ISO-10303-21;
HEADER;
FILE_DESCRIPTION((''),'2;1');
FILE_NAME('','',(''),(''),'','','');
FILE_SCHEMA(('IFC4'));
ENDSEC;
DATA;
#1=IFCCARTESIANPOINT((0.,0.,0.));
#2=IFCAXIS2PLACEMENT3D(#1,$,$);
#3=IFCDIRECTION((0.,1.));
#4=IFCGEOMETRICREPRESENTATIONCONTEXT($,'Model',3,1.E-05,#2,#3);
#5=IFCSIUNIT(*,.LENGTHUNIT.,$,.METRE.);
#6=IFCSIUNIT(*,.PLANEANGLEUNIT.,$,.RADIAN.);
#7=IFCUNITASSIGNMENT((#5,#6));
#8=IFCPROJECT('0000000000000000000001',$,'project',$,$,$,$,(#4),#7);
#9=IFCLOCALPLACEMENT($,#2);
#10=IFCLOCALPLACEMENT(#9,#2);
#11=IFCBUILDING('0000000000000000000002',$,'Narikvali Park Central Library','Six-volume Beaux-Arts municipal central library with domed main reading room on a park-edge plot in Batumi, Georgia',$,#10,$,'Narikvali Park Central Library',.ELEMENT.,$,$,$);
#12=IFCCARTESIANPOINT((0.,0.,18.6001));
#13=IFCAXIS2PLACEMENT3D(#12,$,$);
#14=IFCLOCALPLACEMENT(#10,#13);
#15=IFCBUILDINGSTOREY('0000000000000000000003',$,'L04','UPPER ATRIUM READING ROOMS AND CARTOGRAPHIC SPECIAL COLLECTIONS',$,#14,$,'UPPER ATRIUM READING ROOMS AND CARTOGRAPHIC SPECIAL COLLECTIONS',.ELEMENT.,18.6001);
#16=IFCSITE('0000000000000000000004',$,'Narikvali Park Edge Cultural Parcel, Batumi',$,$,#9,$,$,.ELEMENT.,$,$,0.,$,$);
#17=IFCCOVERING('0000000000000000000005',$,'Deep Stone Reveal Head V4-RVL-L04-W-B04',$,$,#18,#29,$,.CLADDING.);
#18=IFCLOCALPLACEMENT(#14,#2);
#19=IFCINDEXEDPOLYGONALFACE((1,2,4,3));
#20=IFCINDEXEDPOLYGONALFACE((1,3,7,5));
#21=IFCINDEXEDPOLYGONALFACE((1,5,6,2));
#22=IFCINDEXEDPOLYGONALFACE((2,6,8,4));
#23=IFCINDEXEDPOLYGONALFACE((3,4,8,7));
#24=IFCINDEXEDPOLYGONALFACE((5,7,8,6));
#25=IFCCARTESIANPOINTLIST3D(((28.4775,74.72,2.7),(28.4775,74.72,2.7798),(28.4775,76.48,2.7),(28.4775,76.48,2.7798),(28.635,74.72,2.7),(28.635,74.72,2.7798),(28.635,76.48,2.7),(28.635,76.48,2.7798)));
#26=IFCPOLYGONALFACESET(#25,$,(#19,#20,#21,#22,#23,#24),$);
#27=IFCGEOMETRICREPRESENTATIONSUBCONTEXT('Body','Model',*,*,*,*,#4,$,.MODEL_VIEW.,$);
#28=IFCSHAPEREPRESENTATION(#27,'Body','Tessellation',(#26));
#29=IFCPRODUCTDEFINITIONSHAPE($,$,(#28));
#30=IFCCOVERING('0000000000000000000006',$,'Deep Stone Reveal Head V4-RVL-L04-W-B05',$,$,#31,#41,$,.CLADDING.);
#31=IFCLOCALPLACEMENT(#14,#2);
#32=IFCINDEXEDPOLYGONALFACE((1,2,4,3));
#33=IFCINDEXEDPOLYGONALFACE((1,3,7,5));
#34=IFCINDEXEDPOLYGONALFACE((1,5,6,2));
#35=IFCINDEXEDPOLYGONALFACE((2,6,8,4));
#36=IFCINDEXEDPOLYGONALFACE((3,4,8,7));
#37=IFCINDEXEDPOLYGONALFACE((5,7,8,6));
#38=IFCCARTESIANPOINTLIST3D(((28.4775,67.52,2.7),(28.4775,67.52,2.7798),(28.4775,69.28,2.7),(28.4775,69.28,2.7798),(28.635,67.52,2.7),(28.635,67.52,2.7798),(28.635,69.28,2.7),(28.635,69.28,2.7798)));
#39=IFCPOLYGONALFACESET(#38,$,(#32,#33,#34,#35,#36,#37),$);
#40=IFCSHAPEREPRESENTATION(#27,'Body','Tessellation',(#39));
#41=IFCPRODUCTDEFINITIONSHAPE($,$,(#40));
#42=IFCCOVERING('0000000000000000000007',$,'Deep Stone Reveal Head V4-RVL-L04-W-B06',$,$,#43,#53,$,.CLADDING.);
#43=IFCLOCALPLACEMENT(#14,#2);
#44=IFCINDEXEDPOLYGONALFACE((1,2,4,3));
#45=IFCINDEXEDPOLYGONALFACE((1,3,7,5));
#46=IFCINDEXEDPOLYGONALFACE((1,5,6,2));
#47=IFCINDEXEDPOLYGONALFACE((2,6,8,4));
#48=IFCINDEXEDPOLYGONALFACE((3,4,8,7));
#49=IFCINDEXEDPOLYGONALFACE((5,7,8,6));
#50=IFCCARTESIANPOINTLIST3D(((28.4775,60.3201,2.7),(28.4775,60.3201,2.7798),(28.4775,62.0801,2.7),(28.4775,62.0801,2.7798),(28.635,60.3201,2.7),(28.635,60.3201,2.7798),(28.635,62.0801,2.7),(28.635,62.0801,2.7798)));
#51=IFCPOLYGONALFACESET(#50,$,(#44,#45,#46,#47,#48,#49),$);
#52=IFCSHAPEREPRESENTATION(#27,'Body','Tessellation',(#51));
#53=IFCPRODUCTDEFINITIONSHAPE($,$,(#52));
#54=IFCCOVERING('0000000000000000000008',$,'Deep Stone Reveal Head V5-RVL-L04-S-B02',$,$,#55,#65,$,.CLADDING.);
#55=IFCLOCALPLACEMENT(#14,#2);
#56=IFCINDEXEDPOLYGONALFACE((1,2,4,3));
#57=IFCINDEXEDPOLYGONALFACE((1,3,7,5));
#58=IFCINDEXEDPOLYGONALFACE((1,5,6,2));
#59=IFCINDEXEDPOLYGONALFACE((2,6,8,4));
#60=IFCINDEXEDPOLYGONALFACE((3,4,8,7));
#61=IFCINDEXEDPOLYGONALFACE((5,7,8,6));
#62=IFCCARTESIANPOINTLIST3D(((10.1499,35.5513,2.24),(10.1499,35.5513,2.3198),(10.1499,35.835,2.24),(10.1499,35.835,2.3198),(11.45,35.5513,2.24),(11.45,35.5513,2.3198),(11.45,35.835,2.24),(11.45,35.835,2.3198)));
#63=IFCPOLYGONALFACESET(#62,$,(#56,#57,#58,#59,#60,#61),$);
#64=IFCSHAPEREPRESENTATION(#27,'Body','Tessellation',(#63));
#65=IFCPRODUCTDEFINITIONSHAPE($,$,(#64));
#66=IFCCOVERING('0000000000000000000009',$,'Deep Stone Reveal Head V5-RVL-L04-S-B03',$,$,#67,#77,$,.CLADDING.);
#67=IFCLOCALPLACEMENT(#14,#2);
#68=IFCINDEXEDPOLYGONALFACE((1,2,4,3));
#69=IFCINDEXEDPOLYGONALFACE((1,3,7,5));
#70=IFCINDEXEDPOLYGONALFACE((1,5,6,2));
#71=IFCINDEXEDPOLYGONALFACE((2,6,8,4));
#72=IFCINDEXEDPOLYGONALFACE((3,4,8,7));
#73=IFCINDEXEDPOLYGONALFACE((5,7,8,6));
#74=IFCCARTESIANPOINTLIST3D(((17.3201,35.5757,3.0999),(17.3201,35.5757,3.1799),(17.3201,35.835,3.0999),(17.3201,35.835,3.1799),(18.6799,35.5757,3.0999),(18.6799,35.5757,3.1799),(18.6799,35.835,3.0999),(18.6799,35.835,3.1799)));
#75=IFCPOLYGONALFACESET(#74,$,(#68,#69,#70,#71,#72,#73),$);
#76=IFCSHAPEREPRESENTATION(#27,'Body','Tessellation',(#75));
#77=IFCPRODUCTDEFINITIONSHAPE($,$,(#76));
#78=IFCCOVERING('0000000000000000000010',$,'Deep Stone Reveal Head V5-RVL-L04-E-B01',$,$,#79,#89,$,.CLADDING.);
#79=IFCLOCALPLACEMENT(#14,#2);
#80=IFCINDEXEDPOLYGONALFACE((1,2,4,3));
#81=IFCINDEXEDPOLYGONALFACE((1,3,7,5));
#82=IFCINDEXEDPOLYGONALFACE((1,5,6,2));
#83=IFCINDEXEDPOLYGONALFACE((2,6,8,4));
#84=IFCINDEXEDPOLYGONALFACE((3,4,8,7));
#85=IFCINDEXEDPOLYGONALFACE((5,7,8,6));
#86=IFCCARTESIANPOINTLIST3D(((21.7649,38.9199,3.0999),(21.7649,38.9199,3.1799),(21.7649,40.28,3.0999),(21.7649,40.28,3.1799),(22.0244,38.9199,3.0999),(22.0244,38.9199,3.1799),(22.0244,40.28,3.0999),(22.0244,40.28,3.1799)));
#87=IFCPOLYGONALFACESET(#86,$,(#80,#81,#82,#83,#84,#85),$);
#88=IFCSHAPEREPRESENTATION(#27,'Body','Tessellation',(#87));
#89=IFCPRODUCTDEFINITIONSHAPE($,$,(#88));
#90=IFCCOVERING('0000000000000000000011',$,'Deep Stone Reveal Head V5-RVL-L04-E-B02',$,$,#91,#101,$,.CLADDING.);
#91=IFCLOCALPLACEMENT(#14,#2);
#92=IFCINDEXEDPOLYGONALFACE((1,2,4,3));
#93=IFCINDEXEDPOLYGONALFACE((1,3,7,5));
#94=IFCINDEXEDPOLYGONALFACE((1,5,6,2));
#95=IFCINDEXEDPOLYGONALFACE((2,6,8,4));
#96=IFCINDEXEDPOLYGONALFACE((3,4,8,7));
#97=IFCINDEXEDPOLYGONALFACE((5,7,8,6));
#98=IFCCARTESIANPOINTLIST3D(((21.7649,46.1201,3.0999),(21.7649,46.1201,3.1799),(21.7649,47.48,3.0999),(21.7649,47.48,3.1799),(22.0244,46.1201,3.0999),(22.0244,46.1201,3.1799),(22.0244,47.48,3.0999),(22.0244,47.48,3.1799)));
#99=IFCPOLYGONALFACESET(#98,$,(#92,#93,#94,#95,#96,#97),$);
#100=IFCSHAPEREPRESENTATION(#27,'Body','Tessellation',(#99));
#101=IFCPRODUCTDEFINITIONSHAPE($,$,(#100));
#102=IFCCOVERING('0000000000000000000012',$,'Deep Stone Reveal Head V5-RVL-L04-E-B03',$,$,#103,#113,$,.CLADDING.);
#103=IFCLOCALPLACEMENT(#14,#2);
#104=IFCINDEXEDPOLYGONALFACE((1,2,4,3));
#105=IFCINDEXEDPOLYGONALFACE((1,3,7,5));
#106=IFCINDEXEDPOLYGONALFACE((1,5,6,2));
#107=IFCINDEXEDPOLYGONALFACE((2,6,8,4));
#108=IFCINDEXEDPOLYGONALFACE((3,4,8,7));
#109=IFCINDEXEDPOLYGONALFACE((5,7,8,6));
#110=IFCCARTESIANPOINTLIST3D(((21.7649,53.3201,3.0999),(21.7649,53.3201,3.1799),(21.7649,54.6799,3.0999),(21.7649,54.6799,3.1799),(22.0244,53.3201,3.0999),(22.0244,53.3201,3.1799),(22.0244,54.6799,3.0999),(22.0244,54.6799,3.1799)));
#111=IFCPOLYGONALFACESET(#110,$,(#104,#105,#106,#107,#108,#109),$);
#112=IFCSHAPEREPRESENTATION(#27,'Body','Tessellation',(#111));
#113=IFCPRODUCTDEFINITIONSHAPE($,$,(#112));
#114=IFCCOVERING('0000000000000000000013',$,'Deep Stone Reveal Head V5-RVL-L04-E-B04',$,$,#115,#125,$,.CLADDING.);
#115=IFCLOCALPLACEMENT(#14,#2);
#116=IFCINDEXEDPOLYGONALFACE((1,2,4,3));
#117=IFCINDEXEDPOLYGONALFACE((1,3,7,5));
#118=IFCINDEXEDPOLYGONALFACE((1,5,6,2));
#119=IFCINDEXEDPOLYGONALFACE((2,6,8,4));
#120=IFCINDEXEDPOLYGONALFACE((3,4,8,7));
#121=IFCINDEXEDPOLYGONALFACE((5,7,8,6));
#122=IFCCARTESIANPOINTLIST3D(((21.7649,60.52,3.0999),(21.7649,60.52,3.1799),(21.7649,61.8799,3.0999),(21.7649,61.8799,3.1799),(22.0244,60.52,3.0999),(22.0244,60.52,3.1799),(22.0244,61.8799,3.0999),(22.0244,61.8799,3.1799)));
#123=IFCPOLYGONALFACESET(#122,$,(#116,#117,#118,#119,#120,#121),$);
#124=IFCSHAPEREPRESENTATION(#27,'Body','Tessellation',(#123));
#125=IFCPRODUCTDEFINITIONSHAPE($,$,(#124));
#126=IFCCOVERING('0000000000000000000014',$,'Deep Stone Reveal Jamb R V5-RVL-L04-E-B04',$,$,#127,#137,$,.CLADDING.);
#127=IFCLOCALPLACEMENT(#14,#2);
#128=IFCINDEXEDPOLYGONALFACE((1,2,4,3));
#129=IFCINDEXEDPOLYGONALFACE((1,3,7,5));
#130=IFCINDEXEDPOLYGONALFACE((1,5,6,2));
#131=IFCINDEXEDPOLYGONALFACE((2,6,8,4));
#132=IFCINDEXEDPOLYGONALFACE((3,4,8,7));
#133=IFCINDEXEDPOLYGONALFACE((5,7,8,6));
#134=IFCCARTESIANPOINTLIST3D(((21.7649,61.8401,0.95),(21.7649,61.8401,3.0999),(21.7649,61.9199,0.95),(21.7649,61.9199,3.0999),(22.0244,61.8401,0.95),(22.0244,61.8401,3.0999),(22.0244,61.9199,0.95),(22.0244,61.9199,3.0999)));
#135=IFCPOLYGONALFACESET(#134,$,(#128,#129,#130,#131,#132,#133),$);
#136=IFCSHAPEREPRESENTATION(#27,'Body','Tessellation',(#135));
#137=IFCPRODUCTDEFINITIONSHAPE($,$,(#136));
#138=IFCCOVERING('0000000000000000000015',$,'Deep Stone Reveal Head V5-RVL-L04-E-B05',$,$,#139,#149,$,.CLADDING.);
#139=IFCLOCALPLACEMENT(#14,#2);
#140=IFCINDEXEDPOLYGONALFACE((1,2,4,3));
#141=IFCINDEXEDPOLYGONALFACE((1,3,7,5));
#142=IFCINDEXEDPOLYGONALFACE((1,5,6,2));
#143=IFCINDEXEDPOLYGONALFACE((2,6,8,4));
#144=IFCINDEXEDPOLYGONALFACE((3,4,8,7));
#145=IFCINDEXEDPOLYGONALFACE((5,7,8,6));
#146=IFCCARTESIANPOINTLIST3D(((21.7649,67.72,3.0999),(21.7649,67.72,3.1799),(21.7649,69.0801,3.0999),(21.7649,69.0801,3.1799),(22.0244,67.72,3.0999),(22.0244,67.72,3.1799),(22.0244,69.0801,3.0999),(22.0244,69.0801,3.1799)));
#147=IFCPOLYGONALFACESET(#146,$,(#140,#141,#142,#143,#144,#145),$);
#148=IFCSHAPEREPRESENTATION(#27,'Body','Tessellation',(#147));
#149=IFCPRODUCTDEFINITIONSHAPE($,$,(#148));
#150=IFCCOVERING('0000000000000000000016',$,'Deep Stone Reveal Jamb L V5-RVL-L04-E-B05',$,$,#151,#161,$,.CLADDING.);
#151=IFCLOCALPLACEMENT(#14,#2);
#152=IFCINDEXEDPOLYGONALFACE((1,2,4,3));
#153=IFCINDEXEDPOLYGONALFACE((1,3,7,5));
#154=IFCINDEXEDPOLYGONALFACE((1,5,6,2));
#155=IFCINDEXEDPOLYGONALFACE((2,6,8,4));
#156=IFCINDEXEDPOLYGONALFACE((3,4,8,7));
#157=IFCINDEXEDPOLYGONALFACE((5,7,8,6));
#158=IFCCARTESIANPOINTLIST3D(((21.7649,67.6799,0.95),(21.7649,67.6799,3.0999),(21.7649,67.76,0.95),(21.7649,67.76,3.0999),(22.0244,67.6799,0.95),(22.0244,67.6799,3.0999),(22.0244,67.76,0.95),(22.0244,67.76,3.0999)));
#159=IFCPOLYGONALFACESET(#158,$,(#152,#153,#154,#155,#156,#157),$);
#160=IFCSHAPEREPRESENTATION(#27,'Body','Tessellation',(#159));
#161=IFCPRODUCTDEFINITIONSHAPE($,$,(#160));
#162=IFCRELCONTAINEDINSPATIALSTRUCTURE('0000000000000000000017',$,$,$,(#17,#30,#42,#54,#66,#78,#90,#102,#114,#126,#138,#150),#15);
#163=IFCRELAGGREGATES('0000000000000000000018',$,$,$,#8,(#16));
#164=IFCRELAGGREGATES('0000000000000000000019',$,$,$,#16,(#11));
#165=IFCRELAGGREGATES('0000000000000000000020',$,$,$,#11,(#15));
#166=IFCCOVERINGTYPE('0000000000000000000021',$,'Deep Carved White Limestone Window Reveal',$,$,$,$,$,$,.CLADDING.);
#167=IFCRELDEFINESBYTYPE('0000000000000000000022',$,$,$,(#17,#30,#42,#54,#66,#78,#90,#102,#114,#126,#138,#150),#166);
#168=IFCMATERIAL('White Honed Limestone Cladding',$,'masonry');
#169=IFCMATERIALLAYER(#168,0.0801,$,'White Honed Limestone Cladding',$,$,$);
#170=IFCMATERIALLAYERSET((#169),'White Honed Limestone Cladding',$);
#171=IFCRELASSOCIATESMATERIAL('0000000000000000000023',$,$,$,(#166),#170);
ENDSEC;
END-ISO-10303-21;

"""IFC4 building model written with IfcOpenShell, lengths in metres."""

from ifc_helpers import new_model, si_unit, direction, frame, origin, place, context, subcontext, project, spatial, polyline, outline, extrude, material, layer, layer_set, type_object, element, save


model = new_model("IFC4")

# Units and contexts
model_context = context("Model", 3, precision=1e-05, world=origin(), true_north=direction((0.0, 1.0)))
body_context = subcontext(model_context, "Body", "Model", "MODEL_VIEW")
ifc_project = project(units=[si_unit("LENGTHUNIT", "METRE"), si_unit("PLANEANGLEUNIT", "RADIAN")], contexts=[model_context])

# Site, building, storey
site_placement = place(None, origin())
site = spatial("IfcSite", under=ifc_project, at=site_placement, Name="Narikvali Park Edge Cultural Parcel, Batumi", CompositionType="ELEMENT", RefElevation=0.0)
building_placement = place(site_placement, origin())
building = spatial("IfcBuilding", under=site, at=building_placement, Name="Narikvali Park Central Library", Description="Six-volume Beaux-Arts municipal central library with domed main reading room on a park-edge plot in Batumi, Georgia", LongName="Narikvali Park Central Library", CompositionType="ELEMENT")
storey_placement = place(building_placement, frame((0.0, 0.0, 18.6001)))
storey = spatial("IfcBuildingStorey", under=building, at=storey_placement, Name="L04", Description="UPPER ATRIUM READING ROOMS AND CARTOGRAPHIC SPECIAL COLLECTIONS", LongName="UPPER ATRIUM READING ROOMS AND CARTOGRAPHIC SPECIAL COLLECTIONS", CompositionType="ELEMENT", Elevation=18.6001)

# Coverings
ifc_material = material(Name="White Honed Limestone Cladding", Category="masonry")
ifc_layer = layer(ifc_material, 0.0801, Name="White Honed Limestone Cladding")
ifc_layer_set = layer_set([ifc_layer], Name="White Honed Limestone Cladding")
covering_type = type_object("IfcCoveringType", Name="Deep Carved White Limestone Window Reveal", PredefinedType="CLADDING", material=ifc_layer_set)
covering_1_placement = place(storey_placement, frame((0.0, 0.0, 2.7)))
element("IfcCovering", 1, at=covering_1_placement, inside=storey, type_object=covering_type, Name="Deep Stone Reveal Head V4-RVL-L04-W-B04", PredefinedType="CLADDING", context=body_context, shape_type="SweptSolid", body=[
    extrude(outline(polyline([(28.635, 76.48), (28.635, 74.72), (28.4775, 74.72), (28.4775, 76.48), (28.635, 76.48)])), origin(), (0.0, 0.0, 1.0), 0.0798),
])
covering_2_placement = place(storey_placement, frame((0.0, 0.0, 2.7)))
element("IfcCovering", 2, at=covering_2_placement, inside=storey, type_object=covering_type, Name="Deep Stone Reveal Head V4-RVL-L04-W-B05", PredefinedType="CLADDING", context=body_context, shape_type="SweptSolid", body=[
    extrude(outline(polyline([(28.635, 69.28), (28.635, 67.52), (28.4775, 67.52), (28.4775, 69.28), (28.635, 69.28)])), origin(), (0.0, 0.0, 1.0), 0.0798),
])
covering_3_placement = place(storey_placement, frame((0.0, 0.0, 2.7)))
element("IfcCovering", 3, at=covering_3_placement, inside=storey, type_object=covering_type, Name="Deep Stone Reveal Head V4-RVL-L04-W-B06", PredefinedType="CLADDING", context=body_context, shape_type="SweptSolid", body=[
    extrude(outline(polyline([(28.635, 62.0801), (28.635, 60.3201), (28.4775, 60.3201), (28.4775, 62.0801), (28.635, 62.0801)])), origin(), (0.0, 0.0, 1.0), 0.0798),
])
covering_4_placement = place(storey_placement, frame((0.0, 0.0, 2.24)))
element("IfcCovering", 4, at=covering_4_placement, inside=storey, type_object=covering_type, Name="Deep Stone Reveal Head V5-RVL-L04-S-B02", PredefinedType="CLADDING", context=body_context, shape_type="SweptSolid", body=[
    extrude(outline(polyline([(10.1499, 35.835), (11.45, 35.835), (11.45, 35.5513), (10.1499, 35.5513), (10.1499, 35.835)])), origin(), (0.0, 0.0, 1.0), 0.0798),
])
covering_5_placement = place(storey_placement, frame((0.0, 0.0, 3.0999)))
element("IfcCovering", 5, at=covering_5_placement, inside=storey, type_object=covering_type, Name="Deep Stone Reveal Head V5-RVL-L04-S-B03", PredefinedType="CLADDING", context=body_context, shape_type="SweptSolid", body=[
    extrude(outline(polyline([(17.3201, 35.835), (18.6799, 35.835), (18.6799, 35.5757), (17.3201, 35.5757), (17.3201, 35.835)])), origin(), (0.0, 0.0, 1.0), 0.0801),
])
covering_6_placement = place(storey_placement, frame((0.0, 0.0, 3.0999)))
element("IfcCovering", 6, at=covering_6_placement, inside=storey, type_object=covering_type, Name="Deep Stone Reveal Head V5-RVL-L04-E-B01", PredefinedType="CLADDING", context=body_context, shape_type="SweptSolid", body=[
    extrude(outline(polyline([(21.7649, 38.9199), (21.7649, 40.28), (22.0244, 40.28), (22.0244, 38.9199), (21.7649, 38.9199)])), origin(), (0.0, 0.0, 1.0), 0.0801),
])
covering_7_placement = place(storey_placement, frame((0.0, 0.0, 3.0999)))
element("IfcCovering", 7, at=covering_7_placement, inside=storey, type_object=covering_type, Name="Deep Stone Reveal Head V5-RVL-L04-E-B02", PredefinedType="CLADDING", context=body_context, shape_type="SweptSolid", body=[
    extrude(outline(polyline([(21.7649, 46.1201), (21.7649, 47.48), (22.0244, 47.48), (22.0244, 46.1201), (21.7649, 46.1201)])), origin(), (0.0, 0.0, 1.0), 0.0801),
])
covering_8_placement = place(storey_placement, frame((0.0, 0.0, 3.0999)))
element("IfcCovering", 8, at=covering_8_placement, inside=storey, type_object=covering_type, Name="Deep Stone Reveal Head V5-RVL-L04-E-B03", PredefinedType="CLADDING", context=body_context, shape_type="SweptSolid", body=[
    extrude(outline(polyline([(21.7649, 53.3201), (21.7649, 54.6799), (22.0244, 54.6799), (22.0244, 53.3201), (21.7649, 53.3201)])), origin(), (0.0, 0.0, 1.0), 0.0801),
])
covering_9_placement = place(storey_placement, frame((0.0, 0.0, 3.0999)))
element("IfcCovering", 9, at=covering_9_placement, inside=storey, type_object=covering_type, Name="Deep Stone Reveal Head V5-RVL-L04-E-B04", PredefinedType="CLADDING", context=body_context, shape_type="SweptSolid", body=[
    extrude(outline(polyline([(21.7649, 60.52), (21.7649, 61.8799), (22.0244, 61.8799), (22.0244, 60.52), (21.7649, 60.52)])), origin(), (0.0, 0.0, 1.0), 0.0801),
])
covering_10_placement = place(storey_placement, frame((0.0, 0.0, 0.95)))
element("IfcCovering", 10, at=covering_10_placement, inside=storey, type_object=covering_type, Name="Deep Stone Reveal Jamb R V5-RVL-L04-E-B04", PredefinedType="CLADDING", context=body_context, shape_type="SweptSolid", body=[
    extrude(outline(polyline([(21.7649, 61.8401), (21.7649, 61.9199), (22.0244, 61.9199), (22.0244, 61.8401), (21.7649, 61.8401)])), origin(), (0.0, 0.0, 1.0), 2.1499),
])
covering_11_placement = place(storey_placement, frame((0.0, 0.0, 3.0999)))
element("IfcCovering", 11, at=covering_11_placement, inside=storey, type_object=covering_type, Name="Deep Stone Reveal Head V5-RVL-L04-E-B05", PredefinedType="CLADDING", context=body_context, shape_type="SweptSolid", body=[
    extrude(outline(polyline([(21.7649, 67.72), (21.7649, 69.0801), (22.0244, 69.0801), (22.0244, 67.72), (21.7649, 67.72)])), origin(), (0.0, 0.0, 1.0), 0.0801),
])
covering_12_placement = place(storey_placement, frame((0.0, 0.0, 0.95)))
element("IfcCovering", 12, at=covering_12_placement, inside=storey, type_object=covering_type, Name="Deep Stone Reveal Jamb L V5-RVL-L04-E-B05", PredefinedType="CLADDING", context=body_context, shape_type="SweptSolid", body=[
    extrude(outline(polyline([(21.7649, 67.6799), (21.7649, 67.76), (22.0244, 67.76), (22.0244, 67.6799), (21.7649, 67.6799)])), origin(), (0.0, 0.0, 1.0), 2.1499),
])

save(model, "model.ifc")
